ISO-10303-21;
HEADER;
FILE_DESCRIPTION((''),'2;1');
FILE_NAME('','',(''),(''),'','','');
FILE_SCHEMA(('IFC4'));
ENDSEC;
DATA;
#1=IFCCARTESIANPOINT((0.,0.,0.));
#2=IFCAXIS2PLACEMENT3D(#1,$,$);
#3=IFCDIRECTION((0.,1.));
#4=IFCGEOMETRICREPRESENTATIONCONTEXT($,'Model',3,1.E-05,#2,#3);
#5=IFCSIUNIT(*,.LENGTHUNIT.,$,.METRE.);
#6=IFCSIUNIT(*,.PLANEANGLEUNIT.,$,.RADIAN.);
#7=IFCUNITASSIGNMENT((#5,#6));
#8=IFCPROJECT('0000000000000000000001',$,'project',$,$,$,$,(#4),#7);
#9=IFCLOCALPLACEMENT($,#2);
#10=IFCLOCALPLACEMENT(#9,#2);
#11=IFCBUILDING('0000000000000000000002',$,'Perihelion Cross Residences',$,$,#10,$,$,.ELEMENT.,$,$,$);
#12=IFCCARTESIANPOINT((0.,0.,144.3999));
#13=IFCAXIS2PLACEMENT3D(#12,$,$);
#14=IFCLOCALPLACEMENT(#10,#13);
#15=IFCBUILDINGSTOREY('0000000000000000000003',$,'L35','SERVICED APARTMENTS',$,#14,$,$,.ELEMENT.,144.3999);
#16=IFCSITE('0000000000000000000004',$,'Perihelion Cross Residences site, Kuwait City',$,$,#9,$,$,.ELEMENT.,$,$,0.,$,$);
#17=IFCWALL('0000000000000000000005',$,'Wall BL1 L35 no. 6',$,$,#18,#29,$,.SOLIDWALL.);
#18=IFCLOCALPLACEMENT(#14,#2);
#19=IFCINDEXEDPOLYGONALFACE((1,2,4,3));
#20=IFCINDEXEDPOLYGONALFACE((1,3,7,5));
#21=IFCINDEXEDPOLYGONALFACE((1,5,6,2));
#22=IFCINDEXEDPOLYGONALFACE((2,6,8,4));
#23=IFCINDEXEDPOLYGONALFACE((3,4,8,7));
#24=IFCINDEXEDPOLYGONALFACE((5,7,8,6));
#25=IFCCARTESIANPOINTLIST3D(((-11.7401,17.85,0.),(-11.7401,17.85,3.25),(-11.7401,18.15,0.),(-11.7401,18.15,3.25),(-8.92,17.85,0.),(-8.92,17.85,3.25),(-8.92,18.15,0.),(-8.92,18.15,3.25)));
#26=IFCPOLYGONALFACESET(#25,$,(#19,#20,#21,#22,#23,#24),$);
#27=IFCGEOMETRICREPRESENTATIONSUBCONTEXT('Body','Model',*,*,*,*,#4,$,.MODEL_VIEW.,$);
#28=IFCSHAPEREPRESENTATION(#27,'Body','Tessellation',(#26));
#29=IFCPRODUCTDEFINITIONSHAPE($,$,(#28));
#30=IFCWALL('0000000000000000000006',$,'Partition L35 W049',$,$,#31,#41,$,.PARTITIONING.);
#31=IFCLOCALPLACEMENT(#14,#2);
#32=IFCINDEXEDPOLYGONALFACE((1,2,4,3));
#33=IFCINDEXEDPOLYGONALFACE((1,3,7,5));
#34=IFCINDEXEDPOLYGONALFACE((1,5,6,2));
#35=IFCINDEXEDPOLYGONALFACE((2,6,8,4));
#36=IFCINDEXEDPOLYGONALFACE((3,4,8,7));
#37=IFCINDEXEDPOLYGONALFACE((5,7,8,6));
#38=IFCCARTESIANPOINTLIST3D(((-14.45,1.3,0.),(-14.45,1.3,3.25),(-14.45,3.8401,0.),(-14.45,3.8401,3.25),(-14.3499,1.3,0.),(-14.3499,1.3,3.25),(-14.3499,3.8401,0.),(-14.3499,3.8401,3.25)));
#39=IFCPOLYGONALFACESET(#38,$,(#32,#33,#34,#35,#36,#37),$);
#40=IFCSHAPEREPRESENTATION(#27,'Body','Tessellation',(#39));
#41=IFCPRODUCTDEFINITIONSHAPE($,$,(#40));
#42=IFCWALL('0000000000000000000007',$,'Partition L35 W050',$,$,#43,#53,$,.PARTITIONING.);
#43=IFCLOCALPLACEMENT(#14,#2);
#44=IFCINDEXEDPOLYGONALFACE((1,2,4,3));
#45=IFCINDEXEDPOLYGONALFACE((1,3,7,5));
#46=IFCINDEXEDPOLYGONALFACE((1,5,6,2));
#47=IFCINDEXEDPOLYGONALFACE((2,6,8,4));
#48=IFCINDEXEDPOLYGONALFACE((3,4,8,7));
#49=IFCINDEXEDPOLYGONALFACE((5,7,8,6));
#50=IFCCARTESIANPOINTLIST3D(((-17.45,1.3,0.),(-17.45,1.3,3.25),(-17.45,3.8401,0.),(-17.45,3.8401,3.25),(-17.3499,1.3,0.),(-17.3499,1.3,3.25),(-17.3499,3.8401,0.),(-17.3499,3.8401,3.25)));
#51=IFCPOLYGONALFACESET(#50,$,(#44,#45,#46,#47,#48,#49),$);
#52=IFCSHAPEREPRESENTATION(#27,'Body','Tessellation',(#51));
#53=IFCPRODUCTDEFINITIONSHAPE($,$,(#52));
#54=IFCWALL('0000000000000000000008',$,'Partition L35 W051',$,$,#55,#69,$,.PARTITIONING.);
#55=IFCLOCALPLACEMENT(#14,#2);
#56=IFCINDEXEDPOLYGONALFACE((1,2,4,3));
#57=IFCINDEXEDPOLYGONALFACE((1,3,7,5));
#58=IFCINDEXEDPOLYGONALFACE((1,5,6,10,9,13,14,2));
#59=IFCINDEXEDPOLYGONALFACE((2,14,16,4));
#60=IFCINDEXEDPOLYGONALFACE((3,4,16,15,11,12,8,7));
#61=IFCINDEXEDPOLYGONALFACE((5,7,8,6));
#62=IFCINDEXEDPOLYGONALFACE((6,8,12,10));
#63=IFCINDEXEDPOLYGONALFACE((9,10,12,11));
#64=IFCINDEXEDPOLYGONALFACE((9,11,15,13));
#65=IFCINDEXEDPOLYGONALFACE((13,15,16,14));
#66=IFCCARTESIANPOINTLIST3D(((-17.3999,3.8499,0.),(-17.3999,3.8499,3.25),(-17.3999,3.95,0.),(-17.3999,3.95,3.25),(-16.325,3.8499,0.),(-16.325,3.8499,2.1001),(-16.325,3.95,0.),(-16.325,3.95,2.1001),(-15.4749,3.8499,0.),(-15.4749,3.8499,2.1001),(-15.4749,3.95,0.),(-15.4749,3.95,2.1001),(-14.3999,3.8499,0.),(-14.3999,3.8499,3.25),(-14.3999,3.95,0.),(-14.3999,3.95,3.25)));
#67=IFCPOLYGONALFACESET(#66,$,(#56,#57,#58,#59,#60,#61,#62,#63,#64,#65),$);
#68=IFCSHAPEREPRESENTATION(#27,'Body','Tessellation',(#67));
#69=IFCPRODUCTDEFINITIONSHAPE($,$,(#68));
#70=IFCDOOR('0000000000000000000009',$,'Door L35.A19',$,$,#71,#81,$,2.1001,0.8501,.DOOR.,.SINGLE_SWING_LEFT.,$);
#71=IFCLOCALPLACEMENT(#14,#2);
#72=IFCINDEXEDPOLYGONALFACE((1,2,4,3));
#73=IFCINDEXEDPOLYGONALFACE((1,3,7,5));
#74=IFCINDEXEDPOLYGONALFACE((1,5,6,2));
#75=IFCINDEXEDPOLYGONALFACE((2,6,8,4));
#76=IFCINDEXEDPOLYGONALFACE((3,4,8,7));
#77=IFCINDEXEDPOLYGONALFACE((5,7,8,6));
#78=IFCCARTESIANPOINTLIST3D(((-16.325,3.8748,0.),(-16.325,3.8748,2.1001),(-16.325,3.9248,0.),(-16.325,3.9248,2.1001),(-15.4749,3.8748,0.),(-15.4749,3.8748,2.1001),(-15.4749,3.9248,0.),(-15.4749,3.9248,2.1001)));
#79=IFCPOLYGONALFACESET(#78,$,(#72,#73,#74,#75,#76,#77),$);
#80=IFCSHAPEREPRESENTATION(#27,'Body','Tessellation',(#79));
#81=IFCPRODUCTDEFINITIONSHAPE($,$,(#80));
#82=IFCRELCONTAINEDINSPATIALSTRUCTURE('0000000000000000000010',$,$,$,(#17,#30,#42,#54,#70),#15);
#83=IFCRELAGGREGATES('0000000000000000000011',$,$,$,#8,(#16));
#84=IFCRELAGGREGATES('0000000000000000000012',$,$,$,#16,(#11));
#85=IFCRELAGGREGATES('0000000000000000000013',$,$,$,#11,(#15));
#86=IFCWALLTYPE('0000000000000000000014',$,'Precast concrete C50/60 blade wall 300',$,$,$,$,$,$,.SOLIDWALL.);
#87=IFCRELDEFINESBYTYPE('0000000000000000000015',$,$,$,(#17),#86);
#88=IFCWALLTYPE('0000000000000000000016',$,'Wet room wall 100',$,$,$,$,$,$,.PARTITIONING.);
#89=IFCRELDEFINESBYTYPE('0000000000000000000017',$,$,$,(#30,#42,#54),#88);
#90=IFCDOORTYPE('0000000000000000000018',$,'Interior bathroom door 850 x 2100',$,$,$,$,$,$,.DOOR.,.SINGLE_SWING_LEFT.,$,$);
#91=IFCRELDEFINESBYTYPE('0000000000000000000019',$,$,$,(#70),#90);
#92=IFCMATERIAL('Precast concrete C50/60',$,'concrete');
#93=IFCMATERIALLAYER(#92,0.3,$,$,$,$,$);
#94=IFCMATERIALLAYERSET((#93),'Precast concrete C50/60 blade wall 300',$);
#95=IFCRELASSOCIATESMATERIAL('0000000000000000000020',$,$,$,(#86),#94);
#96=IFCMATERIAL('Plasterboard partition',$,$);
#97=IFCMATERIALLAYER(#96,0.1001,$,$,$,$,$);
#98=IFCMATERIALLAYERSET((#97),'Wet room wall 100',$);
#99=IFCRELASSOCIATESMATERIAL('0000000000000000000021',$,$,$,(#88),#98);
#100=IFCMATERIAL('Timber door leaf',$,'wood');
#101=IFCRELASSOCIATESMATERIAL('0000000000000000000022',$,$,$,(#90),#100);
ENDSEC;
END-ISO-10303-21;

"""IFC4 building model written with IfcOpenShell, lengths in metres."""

from ifc_helpers import new_model, si_unit, direction, frame, frame_2d, origin, place, context, subcontext, project, spatial, rectangle, extrude, material, layer, layer_set, type_object, element, fill, save


model = new_model("IFC4")

# Units and contexts
model_context = context("Model", 3, precision=1e-05, world=origin(), true_north=direction((0.0, 1.0)))
body_context = subcontext(model_context, "Body", "Model", "MODEL_VIEW")
ifc_project = project(units=[si_unit("LENGTHUNIT", "METRE"), si_unit("PLANEANGLEUNIT", "RADIAN")], contexts=[model_context])

# Site, building, storey
site_placement = place(None, origin())
site = spatial("IfcSite", under=ifc_project, at=site_placement, Name="Perihelion Cross Residences site, Kuwait City", CompositionType="ELEMENT", RefElevation=0.0)
building_placement = place(site_placement, origin())
building = spatial("IfcBuilding", under=site, at=building_placement, Name="Perihelion Cross Residences", CompositionType="ELEMENT")
storey_placement = place(building_placement, frame((0.0, 0.0, 144.3999)))
storey = spatial("IfcBuildingStorey", under=building, at=storey_placement, Name="L35", Description="SERVICED APARTMENTS", CompositionType="ELEMENT", Elevation=144.3999)

# Walls
ifc_material_1 = material(Name="Precast concrete C50/60", Category="concrete")
ifc_layer_1 = layer(ifc_material_1, 0.3)
ifc_layer_set_1 = layer_set([ifc_layer_1], Name="Precast concrete C50/60 blade wall 300")
wall_type_1 = type_object("IfcWallType", Name="Precast concrete C50/60 blade wall 300", PredefinedType="SOLIDWALL", material=ifc_layer_set_1)
wall_1_placement = place(storey_placement, frame((-8.9199, 18.0, 0.0), z_axis=(0.0, 0.0, 1.0), x_axis=(-1.0, 0.0, 0.0)))
element("IfcWall", 1, at=wall_1_placement, inside=storey, type_object=wall_type_1, Name="Wall BL1 L35 no. 6", PredefinedType="SOLIDWALL", context=body_context, shape_type="SweptSolid", body=[
    extrude(rectangle(XDim=2.8201, YDim=0.3, at=frame_2d((1.4102, 0.0))), origin(), (0.0, 0.0, 1.0), 3.25),
])
ifc_material_2 = material(Name="Plasterboard partition")
ifc_layer_2 = layer(ifc_material_2, 0.1001)
ifc_layer_set_2 = layer_set([ifc_layer_2], Name="Wet room wall 100")
wall_type_2 = type_object("IfcWallType", Name="Wet room wall 100", PredefinedType="PARTITIONING", material=ifc_layer_set_2)
for number, where, z_axis, x_axis, name in (
    (2, (-14.3999, 1.3, 0.0), (0.0, 0.0, 1.0), (0.0, 1.0, 0.0), "Partition L35 W049"),
    (3, (-17.3999, 1.3, 0.0), (0.0, 0.0, 1.0), (0.0, 1.0, 0.0), "Partition L35 W050"),
):
    element("IfcWall", number, at=place(storey_placement, frame(where, z_axis=z_axis, x_axis=x_axis)), inside=storey, type_object=wall_type_2, Name=name, PredefinedType="PARTITIONING", context=body_context, shape_type="SweptSolid", body=[
        extrude(rectangle(XDim=2.54, YDim=0.1001, at=frame_2d((1.27, 0.0))), origin(), (0.0, 0.0, 1.0), 3.25),
    ])

# Wall, opening, door
wall_2_placement = place(storey_placement, frame((-17.3999, 3.8999, 0.0), z_axis=(0.0, 0.0, 1.0), x_axis=(1.0, 0.0, 0.0)))
wall_2 = element("IfcWall", 4, at=wall_2_placement, inside=storey, type_object=wall_type_2, Name="Partition L35 W051", PredefinedType="PARTITIONING", context=body_context, shape_type="SweptSolid", body=[
    extrude(rectangle(XDim=3.0, YDim=0.1001, at=frame_2d((1.5, 0.0))), origin(), (0.0, 0.0, 1.0), 3.25),
])
opening_1_placement = place(wall_2_placement, frame((1.075, 0.0, 0.0)))
opening_1 = element("IfcOpeningElement", 5, at=opening_1_placement, cuts=wall_2, PredefinedType="OPENING", context=body_context, shape_type="SweptSolid", body=[
    extrude(rectangle(XDim=0.8501, YDim=2.1001, at=frame_2d((0.425, 1.05))), frame((0.0, 0.0601, 0.0), z_axis=(0.0, -1.0, 0.0), x_axis=(1.0, 0.0, 0.0)), (0.0, 0.0, 1.0), 0.1201),
])
ifc_material_3 = material(Name="Timber door leaf", Category="wood")
door_type_1 = type_object("IfcDoorType", Name="Interior bathroom door 850 x 2100", OperationType="SINGLE_SWING_LEFT", PredefinedType="DOOR", material=ifc_material_3)
door_1_placement = place(opening_1_placement, origin())
door_1 = element("IfcDoor", 6, at=door_1_placement, inside=storey, type_object=door_type_1, Name="Door L35.A19", OperationType="SINGLE_SWING_LEFT", OverallHeight=2.1001, OverallWidth=0.8501, PredefinedType="DOOR", context=body_context, shape_type="SweptSolid", body=[
    extrude(rectangle(XDim=0.8501, YDim=2.1001, at=frame_2d((0.425, 1.05))), frame((0.0, 0.0249, 0.0), z_axis=(0.0, -1.0, 0.0), x_axis=(1.0, 0.0, 0.0)), (0.0, 0.0, 1.0), 0.05),
])
fill(opening_1, door_1)

save(model, "model.ifc")
